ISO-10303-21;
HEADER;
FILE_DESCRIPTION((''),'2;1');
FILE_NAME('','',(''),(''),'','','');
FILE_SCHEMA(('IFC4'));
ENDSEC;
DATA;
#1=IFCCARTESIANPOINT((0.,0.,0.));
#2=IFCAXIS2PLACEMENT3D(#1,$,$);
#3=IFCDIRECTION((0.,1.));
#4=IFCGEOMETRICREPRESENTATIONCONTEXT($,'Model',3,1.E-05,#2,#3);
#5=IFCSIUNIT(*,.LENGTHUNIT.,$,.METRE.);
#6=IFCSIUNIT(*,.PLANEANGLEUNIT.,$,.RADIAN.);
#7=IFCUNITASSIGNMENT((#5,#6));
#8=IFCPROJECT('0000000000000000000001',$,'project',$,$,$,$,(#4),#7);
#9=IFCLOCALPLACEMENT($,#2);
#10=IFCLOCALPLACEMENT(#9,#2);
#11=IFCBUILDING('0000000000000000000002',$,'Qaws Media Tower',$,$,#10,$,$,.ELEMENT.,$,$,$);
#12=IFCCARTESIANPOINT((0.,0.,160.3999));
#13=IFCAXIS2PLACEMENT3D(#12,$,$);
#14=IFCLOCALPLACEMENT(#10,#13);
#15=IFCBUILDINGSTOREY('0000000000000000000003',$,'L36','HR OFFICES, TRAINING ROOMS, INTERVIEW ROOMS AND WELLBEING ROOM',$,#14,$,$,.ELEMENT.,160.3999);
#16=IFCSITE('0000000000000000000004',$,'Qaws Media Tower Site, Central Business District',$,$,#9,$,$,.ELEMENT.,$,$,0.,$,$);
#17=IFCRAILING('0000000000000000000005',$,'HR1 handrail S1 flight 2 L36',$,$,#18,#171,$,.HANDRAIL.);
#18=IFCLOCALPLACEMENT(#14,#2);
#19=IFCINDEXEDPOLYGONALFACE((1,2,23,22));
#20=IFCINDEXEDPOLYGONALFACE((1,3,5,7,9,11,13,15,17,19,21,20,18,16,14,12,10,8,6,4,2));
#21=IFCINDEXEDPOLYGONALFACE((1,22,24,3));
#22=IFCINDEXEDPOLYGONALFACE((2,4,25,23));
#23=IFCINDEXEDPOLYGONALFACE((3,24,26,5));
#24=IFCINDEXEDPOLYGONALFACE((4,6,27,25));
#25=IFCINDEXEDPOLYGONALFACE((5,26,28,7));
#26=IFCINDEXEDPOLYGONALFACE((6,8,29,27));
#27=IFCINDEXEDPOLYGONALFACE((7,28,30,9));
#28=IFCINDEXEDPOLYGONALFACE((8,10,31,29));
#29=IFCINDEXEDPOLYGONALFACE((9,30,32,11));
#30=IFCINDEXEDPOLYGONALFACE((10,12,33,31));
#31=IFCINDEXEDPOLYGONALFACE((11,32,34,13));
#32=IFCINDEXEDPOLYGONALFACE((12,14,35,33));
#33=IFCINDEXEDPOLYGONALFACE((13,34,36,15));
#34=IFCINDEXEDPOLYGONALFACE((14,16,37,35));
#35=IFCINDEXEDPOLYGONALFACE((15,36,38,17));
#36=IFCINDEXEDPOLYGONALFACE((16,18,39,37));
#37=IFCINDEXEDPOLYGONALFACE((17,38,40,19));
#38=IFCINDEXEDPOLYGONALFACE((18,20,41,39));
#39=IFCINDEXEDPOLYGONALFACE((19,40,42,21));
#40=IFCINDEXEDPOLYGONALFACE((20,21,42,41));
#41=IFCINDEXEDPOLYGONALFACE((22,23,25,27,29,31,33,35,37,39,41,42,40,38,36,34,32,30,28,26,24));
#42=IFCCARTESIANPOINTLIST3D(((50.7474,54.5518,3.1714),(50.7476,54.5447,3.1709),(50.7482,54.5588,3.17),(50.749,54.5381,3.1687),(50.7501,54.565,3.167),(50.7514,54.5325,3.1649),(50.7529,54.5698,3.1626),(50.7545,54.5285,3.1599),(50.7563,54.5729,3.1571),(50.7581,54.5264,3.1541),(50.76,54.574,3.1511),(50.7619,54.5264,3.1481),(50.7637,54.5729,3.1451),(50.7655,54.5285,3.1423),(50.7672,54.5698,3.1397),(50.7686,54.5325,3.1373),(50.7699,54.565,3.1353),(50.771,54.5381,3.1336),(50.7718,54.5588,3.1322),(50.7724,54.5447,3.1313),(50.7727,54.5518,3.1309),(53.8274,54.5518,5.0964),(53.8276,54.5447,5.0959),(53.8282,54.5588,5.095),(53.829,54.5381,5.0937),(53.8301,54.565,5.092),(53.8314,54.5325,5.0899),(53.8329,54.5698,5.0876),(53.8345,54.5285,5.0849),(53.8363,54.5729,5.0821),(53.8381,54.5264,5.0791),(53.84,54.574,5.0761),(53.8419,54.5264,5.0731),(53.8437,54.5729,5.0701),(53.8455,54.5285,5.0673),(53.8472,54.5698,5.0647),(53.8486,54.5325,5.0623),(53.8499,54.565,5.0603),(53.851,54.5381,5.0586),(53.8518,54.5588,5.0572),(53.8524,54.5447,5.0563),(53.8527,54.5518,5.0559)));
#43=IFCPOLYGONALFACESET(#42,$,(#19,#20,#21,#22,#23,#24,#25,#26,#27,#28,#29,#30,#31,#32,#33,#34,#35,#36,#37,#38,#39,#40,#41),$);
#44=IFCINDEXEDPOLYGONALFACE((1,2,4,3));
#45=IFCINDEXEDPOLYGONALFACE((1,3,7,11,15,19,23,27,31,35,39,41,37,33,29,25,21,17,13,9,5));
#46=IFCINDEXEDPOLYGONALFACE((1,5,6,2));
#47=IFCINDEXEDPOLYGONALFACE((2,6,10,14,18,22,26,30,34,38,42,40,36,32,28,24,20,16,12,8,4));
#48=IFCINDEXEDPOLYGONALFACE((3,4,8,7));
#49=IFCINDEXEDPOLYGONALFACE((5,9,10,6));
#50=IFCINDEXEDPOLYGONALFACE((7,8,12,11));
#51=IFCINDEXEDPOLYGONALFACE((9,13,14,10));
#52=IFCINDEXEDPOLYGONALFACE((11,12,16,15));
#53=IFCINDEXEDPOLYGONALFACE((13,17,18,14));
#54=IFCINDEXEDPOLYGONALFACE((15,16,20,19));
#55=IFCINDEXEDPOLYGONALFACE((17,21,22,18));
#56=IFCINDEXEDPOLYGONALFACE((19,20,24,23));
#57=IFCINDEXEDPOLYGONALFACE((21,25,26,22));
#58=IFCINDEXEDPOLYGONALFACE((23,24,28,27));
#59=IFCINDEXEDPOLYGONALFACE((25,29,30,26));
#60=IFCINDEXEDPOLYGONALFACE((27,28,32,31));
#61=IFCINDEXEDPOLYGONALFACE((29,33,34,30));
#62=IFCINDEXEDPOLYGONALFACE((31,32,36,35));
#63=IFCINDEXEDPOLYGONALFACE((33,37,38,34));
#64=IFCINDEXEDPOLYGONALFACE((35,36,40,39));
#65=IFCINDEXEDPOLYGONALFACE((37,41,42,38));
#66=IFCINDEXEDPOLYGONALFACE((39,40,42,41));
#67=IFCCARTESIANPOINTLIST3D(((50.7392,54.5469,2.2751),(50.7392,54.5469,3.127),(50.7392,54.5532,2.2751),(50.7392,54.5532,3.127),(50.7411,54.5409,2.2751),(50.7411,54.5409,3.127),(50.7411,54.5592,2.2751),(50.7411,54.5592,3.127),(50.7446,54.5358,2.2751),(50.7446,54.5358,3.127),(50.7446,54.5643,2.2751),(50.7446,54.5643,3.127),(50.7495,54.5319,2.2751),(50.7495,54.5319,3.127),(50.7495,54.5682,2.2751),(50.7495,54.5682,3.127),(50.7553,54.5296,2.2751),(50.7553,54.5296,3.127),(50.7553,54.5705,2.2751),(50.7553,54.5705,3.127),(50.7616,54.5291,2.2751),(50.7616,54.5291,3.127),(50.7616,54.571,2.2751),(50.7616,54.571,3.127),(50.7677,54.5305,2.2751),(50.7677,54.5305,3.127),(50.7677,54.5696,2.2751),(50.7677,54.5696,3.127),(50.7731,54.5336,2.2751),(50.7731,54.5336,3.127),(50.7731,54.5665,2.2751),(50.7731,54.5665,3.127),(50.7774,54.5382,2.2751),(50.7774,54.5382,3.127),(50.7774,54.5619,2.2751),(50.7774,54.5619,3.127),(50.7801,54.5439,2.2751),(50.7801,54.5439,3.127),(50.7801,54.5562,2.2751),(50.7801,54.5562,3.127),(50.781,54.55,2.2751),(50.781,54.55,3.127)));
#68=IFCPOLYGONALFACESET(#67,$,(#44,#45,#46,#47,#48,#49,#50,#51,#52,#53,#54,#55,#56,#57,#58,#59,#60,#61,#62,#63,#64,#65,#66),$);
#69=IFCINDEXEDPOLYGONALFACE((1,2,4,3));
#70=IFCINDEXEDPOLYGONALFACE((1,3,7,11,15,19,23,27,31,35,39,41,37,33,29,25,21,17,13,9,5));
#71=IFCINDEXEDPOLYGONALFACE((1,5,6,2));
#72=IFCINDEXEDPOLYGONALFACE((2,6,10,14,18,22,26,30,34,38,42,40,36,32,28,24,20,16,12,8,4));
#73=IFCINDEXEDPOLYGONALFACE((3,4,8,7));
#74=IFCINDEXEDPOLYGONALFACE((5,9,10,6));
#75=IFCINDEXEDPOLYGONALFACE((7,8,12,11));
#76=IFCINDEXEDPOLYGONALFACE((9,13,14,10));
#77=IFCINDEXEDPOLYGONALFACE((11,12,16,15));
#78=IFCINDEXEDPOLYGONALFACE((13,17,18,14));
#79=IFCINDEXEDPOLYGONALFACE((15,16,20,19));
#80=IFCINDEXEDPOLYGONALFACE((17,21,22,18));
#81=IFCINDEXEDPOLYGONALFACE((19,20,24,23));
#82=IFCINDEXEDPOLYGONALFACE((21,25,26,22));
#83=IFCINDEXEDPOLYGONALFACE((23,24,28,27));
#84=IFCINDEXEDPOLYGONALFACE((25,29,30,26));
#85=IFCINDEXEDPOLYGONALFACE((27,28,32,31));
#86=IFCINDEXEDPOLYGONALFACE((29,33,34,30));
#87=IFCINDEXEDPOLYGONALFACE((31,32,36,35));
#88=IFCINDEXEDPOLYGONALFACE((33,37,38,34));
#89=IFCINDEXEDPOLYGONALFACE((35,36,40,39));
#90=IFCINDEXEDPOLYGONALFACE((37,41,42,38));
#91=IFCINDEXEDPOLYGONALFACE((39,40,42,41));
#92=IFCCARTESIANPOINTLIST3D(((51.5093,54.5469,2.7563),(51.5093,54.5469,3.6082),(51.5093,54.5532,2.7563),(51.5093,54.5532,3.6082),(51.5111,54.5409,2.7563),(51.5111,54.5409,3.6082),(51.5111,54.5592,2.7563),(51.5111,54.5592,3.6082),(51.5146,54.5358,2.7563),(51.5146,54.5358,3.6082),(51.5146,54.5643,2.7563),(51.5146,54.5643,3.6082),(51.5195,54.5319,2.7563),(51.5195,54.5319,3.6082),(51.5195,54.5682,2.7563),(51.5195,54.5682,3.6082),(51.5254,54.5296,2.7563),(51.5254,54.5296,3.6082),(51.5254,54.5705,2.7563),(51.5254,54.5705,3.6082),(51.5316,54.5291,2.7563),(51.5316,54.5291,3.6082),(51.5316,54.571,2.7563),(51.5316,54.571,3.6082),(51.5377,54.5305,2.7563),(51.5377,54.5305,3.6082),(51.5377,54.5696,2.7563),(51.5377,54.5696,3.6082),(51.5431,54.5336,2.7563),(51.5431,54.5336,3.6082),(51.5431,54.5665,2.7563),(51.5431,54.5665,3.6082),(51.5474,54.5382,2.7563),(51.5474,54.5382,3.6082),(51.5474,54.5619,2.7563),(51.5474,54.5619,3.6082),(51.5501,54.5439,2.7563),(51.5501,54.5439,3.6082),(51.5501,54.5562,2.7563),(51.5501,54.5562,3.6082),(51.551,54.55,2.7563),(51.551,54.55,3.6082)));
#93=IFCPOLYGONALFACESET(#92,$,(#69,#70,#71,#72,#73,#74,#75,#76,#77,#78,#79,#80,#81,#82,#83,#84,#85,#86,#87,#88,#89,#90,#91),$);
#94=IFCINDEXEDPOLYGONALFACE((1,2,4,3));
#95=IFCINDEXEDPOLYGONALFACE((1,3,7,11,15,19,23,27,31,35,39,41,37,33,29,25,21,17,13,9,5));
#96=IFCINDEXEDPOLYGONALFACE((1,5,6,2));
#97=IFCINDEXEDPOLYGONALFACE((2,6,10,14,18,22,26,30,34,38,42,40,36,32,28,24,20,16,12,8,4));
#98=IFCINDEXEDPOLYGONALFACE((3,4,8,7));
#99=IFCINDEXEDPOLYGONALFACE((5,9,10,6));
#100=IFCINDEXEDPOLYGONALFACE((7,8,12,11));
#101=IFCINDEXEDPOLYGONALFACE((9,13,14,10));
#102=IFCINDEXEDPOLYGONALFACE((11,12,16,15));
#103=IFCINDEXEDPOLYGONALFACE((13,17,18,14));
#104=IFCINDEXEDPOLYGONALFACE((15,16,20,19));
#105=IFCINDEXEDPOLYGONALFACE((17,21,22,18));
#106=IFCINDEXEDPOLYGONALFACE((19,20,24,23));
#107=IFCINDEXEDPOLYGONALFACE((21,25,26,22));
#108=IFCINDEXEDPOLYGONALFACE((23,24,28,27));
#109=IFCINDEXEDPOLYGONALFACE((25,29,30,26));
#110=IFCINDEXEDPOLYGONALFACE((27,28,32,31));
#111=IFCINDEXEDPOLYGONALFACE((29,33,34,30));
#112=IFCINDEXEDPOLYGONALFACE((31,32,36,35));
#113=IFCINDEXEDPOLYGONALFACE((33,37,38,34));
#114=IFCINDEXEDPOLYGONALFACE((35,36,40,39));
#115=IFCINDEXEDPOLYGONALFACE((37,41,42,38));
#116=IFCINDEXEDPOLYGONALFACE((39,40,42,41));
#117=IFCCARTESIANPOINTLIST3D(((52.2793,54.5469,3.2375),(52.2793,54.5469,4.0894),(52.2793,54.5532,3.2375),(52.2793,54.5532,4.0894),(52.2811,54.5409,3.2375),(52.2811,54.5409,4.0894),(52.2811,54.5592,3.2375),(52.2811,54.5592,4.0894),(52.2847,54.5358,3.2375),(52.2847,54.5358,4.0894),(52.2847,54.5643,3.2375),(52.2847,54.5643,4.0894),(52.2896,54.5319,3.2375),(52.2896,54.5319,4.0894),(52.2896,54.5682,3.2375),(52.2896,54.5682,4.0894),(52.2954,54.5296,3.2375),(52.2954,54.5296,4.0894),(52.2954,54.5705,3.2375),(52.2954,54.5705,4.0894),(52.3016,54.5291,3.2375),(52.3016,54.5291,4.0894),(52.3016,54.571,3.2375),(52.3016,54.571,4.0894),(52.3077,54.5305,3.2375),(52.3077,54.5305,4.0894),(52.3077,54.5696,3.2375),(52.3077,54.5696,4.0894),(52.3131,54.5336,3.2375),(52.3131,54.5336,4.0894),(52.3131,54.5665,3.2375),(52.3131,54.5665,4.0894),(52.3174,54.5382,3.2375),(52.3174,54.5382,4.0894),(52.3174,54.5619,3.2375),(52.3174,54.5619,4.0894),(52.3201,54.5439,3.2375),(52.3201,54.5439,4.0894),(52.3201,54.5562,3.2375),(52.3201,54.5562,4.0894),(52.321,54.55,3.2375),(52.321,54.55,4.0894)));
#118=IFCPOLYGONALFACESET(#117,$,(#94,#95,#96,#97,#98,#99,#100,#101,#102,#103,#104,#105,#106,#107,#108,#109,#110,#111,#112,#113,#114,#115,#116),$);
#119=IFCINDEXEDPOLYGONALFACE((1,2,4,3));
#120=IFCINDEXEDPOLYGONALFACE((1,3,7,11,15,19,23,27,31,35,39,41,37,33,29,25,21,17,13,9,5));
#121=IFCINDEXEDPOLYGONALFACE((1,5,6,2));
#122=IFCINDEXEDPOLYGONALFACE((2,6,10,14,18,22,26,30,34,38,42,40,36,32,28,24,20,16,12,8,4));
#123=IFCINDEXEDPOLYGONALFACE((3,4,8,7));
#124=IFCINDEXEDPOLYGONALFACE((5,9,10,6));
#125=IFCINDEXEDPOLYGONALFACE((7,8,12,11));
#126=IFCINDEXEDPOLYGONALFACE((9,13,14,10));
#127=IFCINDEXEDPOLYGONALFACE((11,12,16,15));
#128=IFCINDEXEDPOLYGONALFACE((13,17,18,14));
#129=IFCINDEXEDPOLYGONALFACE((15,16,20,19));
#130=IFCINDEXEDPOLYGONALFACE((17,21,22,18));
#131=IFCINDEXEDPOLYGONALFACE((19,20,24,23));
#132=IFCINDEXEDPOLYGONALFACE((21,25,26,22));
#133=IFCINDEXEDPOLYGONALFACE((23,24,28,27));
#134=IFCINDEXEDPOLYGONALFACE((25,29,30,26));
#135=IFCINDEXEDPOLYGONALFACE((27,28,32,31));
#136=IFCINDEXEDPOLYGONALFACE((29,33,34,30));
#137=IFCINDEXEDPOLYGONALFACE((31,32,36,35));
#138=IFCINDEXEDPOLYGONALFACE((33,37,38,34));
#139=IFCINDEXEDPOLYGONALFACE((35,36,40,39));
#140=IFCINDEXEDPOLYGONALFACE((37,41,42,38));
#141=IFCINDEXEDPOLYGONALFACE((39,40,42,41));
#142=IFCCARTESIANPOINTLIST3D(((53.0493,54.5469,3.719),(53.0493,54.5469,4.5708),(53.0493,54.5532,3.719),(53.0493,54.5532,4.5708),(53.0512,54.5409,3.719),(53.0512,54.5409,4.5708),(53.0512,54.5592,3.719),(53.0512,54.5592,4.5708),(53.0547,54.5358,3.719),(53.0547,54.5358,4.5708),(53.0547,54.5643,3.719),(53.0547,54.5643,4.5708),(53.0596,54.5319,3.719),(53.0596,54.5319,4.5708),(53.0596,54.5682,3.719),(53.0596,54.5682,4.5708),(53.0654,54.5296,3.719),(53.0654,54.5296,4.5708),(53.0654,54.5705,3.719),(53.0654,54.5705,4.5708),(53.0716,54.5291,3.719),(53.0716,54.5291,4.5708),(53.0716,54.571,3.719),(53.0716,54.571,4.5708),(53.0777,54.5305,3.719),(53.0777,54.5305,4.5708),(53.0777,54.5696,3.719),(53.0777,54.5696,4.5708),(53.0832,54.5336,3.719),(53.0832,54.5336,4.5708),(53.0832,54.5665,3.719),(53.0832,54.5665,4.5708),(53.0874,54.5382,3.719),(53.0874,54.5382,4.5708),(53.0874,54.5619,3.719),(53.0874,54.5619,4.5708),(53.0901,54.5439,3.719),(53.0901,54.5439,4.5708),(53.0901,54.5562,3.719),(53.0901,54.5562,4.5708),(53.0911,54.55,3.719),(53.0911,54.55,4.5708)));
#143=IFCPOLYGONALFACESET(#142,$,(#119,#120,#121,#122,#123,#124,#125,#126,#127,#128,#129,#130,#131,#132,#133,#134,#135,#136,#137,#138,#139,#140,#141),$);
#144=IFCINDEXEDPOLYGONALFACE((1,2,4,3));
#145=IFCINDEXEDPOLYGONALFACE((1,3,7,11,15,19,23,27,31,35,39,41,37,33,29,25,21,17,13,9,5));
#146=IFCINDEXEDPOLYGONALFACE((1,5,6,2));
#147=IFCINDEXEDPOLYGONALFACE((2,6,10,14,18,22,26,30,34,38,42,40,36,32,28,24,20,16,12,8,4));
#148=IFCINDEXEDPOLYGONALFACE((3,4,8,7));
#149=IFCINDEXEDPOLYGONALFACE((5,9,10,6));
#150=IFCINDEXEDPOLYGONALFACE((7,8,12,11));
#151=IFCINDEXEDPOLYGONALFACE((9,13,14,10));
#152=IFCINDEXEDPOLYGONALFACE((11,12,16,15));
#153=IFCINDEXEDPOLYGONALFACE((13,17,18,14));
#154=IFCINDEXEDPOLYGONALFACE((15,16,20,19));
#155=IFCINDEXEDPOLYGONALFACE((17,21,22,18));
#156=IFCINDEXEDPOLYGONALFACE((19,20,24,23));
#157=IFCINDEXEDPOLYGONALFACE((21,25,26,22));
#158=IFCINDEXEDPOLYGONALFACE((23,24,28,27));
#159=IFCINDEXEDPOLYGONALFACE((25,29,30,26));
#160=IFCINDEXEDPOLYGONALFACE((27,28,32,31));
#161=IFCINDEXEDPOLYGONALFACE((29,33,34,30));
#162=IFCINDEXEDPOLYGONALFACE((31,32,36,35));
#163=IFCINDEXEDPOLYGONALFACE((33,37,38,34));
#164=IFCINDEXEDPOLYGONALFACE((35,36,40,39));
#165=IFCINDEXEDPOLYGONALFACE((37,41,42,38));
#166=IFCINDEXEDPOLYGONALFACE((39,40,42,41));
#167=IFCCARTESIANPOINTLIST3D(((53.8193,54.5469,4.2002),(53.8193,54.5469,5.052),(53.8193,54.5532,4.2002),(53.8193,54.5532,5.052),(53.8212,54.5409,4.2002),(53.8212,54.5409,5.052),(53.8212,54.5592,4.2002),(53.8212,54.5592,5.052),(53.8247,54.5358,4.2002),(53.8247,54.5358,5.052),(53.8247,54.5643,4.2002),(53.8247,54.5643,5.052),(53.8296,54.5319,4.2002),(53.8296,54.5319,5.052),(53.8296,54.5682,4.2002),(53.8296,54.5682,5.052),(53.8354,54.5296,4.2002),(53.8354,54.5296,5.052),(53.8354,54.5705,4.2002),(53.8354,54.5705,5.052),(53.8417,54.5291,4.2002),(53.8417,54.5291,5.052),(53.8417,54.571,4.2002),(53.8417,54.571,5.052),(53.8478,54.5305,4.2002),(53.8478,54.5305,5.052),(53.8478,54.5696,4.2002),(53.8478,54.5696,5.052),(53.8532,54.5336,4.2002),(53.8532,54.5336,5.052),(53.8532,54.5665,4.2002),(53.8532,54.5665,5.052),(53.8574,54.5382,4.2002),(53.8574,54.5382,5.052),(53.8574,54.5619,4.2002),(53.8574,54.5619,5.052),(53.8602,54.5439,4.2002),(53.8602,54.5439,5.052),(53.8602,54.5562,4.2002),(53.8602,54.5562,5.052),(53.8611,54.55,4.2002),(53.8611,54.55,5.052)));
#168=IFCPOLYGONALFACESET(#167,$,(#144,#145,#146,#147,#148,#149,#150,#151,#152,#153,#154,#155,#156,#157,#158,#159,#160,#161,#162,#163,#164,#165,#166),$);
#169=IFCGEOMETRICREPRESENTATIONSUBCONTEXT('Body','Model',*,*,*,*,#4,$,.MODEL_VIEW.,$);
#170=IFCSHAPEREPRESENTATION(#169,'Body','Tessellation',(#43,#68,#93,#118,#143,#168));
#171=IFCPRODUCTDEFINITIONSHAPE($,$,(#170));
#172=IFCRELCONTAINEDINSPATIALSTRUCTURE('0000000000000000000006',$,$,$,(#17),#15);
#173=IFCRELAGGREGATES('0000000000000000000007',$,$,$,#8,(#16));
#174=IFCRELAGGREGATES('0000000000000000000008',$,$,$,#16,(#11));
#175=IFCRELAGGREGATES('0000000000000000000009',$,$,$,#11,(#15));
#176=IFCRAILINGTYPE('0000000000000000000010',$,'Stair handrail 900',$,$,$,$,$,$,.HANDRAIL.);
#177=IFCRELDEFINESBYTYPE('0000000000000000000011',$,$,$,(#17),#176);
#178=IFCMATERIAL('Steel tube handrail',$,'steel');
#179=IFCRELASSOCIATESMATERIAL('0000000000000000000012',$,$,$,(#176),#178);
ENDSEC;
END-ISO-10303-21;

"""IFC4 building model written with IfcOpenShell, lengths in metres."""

from ifc_helpers import new_model, si_unit, direction, frame, origin, origin_2d, place, context, subcontext, project, spatial, circle, extrude, material, type_object, element, save


model = new_model("IFC4")

# Units and contexts
model_context = context("Model", 3, precision=1e-05, world=origin(), true_north=direction((0.0, 1.0)))
body_context = subcontext(model_context, "Body", "Model", "MODEL_VIEW")
ifc_project = project(units=[si_unit("LENGTHUNIT", "METRE"), si_unit("PLANEANGLEUNIT", "RADIAN")], contexts=[model_context])

# Site, building, storey
site_placement = place(None, origin())
site = spatial("IfcSite", under=ifc_project, at=site_placement, Name="Qaws Media Tower Site, Central Business District", CompositionType="ELEMENT", RefElevation=0.0)
building_placement = place(site_placement, origin())
building = spatial("IfcBuilding", under=site, at=building_placement, Name="Qaws Media Tower", CompositionType="ELEMENT")
storey_placement = place(building_placement, frame((0.0, 0.0, 160.3999)))
storey = spatial("IfcBuildingStorey", under=building, at=storey_placement, Name="L36", Description="HR OFFICES, TRAINING ROOMS, INTERVIEW ROOMS AND WELLBEING ROOM", CompositionType="ELEMENT", Elevation=160.3999)

# Railing
ifc_material_1 = material(Name="Steel tube handrail", Category="steel")
railing_type = type_object("IfcRailingType", Name="Stair handrail 900", PredefinedType="HANDRAIL", material=ifc_material_1)
for number, where, name in (
    (1, (50.76, 54.55, 2.2751), "HR1 handrail S1 flight 2 L36"),
):
    element("IfcRailing", number, at=place(storey_placement, frame(where)), inside=storey, type_object=railing_type, Name=name, PredefinedType="HANDRAIL", context=body_context, shape_type="SweptSolid", body=[
        extrude(circle(Radius=0.0239, at=origin_2d()), frame((0.0, 0.0, 0.876), z_axis=(0.847998, 0.0, 0.529999), x_axis=(0.0, 1.0, 0.0)), (0.0, 0.0, 1.0), 3.6321),
        extrude(circle(Radius=0.021, at=origin_2d()), origin(), (0.0, 0.0, 1.0), 0.8518),
        extrude(circle(Radius=0.021, at=origin_2d()), frame((0.77, 0.0, 0.4812)), (0.0, 0.0, 1.0), 0.8518),
        extrude(circle(Radius=0.021, at=origin_2d()), frame((1.54, 0.0, 0.9624)), (0.0, 0.0, 1.0), 0.8518),
        extrude(circle(Radius=0.021, at=origin_2d()), frame((2.3101, 0.0, 1.4438)), (0.0, 0.0, 1.0), 0.8518),
        extrude(circle(Radius=0.021, at=origin_2d()), frame((3.0801, 0.0, 1.925)), (0.0, 0.0, 1.0), 0.8518),
    ])

save(model, "model.ifc")
